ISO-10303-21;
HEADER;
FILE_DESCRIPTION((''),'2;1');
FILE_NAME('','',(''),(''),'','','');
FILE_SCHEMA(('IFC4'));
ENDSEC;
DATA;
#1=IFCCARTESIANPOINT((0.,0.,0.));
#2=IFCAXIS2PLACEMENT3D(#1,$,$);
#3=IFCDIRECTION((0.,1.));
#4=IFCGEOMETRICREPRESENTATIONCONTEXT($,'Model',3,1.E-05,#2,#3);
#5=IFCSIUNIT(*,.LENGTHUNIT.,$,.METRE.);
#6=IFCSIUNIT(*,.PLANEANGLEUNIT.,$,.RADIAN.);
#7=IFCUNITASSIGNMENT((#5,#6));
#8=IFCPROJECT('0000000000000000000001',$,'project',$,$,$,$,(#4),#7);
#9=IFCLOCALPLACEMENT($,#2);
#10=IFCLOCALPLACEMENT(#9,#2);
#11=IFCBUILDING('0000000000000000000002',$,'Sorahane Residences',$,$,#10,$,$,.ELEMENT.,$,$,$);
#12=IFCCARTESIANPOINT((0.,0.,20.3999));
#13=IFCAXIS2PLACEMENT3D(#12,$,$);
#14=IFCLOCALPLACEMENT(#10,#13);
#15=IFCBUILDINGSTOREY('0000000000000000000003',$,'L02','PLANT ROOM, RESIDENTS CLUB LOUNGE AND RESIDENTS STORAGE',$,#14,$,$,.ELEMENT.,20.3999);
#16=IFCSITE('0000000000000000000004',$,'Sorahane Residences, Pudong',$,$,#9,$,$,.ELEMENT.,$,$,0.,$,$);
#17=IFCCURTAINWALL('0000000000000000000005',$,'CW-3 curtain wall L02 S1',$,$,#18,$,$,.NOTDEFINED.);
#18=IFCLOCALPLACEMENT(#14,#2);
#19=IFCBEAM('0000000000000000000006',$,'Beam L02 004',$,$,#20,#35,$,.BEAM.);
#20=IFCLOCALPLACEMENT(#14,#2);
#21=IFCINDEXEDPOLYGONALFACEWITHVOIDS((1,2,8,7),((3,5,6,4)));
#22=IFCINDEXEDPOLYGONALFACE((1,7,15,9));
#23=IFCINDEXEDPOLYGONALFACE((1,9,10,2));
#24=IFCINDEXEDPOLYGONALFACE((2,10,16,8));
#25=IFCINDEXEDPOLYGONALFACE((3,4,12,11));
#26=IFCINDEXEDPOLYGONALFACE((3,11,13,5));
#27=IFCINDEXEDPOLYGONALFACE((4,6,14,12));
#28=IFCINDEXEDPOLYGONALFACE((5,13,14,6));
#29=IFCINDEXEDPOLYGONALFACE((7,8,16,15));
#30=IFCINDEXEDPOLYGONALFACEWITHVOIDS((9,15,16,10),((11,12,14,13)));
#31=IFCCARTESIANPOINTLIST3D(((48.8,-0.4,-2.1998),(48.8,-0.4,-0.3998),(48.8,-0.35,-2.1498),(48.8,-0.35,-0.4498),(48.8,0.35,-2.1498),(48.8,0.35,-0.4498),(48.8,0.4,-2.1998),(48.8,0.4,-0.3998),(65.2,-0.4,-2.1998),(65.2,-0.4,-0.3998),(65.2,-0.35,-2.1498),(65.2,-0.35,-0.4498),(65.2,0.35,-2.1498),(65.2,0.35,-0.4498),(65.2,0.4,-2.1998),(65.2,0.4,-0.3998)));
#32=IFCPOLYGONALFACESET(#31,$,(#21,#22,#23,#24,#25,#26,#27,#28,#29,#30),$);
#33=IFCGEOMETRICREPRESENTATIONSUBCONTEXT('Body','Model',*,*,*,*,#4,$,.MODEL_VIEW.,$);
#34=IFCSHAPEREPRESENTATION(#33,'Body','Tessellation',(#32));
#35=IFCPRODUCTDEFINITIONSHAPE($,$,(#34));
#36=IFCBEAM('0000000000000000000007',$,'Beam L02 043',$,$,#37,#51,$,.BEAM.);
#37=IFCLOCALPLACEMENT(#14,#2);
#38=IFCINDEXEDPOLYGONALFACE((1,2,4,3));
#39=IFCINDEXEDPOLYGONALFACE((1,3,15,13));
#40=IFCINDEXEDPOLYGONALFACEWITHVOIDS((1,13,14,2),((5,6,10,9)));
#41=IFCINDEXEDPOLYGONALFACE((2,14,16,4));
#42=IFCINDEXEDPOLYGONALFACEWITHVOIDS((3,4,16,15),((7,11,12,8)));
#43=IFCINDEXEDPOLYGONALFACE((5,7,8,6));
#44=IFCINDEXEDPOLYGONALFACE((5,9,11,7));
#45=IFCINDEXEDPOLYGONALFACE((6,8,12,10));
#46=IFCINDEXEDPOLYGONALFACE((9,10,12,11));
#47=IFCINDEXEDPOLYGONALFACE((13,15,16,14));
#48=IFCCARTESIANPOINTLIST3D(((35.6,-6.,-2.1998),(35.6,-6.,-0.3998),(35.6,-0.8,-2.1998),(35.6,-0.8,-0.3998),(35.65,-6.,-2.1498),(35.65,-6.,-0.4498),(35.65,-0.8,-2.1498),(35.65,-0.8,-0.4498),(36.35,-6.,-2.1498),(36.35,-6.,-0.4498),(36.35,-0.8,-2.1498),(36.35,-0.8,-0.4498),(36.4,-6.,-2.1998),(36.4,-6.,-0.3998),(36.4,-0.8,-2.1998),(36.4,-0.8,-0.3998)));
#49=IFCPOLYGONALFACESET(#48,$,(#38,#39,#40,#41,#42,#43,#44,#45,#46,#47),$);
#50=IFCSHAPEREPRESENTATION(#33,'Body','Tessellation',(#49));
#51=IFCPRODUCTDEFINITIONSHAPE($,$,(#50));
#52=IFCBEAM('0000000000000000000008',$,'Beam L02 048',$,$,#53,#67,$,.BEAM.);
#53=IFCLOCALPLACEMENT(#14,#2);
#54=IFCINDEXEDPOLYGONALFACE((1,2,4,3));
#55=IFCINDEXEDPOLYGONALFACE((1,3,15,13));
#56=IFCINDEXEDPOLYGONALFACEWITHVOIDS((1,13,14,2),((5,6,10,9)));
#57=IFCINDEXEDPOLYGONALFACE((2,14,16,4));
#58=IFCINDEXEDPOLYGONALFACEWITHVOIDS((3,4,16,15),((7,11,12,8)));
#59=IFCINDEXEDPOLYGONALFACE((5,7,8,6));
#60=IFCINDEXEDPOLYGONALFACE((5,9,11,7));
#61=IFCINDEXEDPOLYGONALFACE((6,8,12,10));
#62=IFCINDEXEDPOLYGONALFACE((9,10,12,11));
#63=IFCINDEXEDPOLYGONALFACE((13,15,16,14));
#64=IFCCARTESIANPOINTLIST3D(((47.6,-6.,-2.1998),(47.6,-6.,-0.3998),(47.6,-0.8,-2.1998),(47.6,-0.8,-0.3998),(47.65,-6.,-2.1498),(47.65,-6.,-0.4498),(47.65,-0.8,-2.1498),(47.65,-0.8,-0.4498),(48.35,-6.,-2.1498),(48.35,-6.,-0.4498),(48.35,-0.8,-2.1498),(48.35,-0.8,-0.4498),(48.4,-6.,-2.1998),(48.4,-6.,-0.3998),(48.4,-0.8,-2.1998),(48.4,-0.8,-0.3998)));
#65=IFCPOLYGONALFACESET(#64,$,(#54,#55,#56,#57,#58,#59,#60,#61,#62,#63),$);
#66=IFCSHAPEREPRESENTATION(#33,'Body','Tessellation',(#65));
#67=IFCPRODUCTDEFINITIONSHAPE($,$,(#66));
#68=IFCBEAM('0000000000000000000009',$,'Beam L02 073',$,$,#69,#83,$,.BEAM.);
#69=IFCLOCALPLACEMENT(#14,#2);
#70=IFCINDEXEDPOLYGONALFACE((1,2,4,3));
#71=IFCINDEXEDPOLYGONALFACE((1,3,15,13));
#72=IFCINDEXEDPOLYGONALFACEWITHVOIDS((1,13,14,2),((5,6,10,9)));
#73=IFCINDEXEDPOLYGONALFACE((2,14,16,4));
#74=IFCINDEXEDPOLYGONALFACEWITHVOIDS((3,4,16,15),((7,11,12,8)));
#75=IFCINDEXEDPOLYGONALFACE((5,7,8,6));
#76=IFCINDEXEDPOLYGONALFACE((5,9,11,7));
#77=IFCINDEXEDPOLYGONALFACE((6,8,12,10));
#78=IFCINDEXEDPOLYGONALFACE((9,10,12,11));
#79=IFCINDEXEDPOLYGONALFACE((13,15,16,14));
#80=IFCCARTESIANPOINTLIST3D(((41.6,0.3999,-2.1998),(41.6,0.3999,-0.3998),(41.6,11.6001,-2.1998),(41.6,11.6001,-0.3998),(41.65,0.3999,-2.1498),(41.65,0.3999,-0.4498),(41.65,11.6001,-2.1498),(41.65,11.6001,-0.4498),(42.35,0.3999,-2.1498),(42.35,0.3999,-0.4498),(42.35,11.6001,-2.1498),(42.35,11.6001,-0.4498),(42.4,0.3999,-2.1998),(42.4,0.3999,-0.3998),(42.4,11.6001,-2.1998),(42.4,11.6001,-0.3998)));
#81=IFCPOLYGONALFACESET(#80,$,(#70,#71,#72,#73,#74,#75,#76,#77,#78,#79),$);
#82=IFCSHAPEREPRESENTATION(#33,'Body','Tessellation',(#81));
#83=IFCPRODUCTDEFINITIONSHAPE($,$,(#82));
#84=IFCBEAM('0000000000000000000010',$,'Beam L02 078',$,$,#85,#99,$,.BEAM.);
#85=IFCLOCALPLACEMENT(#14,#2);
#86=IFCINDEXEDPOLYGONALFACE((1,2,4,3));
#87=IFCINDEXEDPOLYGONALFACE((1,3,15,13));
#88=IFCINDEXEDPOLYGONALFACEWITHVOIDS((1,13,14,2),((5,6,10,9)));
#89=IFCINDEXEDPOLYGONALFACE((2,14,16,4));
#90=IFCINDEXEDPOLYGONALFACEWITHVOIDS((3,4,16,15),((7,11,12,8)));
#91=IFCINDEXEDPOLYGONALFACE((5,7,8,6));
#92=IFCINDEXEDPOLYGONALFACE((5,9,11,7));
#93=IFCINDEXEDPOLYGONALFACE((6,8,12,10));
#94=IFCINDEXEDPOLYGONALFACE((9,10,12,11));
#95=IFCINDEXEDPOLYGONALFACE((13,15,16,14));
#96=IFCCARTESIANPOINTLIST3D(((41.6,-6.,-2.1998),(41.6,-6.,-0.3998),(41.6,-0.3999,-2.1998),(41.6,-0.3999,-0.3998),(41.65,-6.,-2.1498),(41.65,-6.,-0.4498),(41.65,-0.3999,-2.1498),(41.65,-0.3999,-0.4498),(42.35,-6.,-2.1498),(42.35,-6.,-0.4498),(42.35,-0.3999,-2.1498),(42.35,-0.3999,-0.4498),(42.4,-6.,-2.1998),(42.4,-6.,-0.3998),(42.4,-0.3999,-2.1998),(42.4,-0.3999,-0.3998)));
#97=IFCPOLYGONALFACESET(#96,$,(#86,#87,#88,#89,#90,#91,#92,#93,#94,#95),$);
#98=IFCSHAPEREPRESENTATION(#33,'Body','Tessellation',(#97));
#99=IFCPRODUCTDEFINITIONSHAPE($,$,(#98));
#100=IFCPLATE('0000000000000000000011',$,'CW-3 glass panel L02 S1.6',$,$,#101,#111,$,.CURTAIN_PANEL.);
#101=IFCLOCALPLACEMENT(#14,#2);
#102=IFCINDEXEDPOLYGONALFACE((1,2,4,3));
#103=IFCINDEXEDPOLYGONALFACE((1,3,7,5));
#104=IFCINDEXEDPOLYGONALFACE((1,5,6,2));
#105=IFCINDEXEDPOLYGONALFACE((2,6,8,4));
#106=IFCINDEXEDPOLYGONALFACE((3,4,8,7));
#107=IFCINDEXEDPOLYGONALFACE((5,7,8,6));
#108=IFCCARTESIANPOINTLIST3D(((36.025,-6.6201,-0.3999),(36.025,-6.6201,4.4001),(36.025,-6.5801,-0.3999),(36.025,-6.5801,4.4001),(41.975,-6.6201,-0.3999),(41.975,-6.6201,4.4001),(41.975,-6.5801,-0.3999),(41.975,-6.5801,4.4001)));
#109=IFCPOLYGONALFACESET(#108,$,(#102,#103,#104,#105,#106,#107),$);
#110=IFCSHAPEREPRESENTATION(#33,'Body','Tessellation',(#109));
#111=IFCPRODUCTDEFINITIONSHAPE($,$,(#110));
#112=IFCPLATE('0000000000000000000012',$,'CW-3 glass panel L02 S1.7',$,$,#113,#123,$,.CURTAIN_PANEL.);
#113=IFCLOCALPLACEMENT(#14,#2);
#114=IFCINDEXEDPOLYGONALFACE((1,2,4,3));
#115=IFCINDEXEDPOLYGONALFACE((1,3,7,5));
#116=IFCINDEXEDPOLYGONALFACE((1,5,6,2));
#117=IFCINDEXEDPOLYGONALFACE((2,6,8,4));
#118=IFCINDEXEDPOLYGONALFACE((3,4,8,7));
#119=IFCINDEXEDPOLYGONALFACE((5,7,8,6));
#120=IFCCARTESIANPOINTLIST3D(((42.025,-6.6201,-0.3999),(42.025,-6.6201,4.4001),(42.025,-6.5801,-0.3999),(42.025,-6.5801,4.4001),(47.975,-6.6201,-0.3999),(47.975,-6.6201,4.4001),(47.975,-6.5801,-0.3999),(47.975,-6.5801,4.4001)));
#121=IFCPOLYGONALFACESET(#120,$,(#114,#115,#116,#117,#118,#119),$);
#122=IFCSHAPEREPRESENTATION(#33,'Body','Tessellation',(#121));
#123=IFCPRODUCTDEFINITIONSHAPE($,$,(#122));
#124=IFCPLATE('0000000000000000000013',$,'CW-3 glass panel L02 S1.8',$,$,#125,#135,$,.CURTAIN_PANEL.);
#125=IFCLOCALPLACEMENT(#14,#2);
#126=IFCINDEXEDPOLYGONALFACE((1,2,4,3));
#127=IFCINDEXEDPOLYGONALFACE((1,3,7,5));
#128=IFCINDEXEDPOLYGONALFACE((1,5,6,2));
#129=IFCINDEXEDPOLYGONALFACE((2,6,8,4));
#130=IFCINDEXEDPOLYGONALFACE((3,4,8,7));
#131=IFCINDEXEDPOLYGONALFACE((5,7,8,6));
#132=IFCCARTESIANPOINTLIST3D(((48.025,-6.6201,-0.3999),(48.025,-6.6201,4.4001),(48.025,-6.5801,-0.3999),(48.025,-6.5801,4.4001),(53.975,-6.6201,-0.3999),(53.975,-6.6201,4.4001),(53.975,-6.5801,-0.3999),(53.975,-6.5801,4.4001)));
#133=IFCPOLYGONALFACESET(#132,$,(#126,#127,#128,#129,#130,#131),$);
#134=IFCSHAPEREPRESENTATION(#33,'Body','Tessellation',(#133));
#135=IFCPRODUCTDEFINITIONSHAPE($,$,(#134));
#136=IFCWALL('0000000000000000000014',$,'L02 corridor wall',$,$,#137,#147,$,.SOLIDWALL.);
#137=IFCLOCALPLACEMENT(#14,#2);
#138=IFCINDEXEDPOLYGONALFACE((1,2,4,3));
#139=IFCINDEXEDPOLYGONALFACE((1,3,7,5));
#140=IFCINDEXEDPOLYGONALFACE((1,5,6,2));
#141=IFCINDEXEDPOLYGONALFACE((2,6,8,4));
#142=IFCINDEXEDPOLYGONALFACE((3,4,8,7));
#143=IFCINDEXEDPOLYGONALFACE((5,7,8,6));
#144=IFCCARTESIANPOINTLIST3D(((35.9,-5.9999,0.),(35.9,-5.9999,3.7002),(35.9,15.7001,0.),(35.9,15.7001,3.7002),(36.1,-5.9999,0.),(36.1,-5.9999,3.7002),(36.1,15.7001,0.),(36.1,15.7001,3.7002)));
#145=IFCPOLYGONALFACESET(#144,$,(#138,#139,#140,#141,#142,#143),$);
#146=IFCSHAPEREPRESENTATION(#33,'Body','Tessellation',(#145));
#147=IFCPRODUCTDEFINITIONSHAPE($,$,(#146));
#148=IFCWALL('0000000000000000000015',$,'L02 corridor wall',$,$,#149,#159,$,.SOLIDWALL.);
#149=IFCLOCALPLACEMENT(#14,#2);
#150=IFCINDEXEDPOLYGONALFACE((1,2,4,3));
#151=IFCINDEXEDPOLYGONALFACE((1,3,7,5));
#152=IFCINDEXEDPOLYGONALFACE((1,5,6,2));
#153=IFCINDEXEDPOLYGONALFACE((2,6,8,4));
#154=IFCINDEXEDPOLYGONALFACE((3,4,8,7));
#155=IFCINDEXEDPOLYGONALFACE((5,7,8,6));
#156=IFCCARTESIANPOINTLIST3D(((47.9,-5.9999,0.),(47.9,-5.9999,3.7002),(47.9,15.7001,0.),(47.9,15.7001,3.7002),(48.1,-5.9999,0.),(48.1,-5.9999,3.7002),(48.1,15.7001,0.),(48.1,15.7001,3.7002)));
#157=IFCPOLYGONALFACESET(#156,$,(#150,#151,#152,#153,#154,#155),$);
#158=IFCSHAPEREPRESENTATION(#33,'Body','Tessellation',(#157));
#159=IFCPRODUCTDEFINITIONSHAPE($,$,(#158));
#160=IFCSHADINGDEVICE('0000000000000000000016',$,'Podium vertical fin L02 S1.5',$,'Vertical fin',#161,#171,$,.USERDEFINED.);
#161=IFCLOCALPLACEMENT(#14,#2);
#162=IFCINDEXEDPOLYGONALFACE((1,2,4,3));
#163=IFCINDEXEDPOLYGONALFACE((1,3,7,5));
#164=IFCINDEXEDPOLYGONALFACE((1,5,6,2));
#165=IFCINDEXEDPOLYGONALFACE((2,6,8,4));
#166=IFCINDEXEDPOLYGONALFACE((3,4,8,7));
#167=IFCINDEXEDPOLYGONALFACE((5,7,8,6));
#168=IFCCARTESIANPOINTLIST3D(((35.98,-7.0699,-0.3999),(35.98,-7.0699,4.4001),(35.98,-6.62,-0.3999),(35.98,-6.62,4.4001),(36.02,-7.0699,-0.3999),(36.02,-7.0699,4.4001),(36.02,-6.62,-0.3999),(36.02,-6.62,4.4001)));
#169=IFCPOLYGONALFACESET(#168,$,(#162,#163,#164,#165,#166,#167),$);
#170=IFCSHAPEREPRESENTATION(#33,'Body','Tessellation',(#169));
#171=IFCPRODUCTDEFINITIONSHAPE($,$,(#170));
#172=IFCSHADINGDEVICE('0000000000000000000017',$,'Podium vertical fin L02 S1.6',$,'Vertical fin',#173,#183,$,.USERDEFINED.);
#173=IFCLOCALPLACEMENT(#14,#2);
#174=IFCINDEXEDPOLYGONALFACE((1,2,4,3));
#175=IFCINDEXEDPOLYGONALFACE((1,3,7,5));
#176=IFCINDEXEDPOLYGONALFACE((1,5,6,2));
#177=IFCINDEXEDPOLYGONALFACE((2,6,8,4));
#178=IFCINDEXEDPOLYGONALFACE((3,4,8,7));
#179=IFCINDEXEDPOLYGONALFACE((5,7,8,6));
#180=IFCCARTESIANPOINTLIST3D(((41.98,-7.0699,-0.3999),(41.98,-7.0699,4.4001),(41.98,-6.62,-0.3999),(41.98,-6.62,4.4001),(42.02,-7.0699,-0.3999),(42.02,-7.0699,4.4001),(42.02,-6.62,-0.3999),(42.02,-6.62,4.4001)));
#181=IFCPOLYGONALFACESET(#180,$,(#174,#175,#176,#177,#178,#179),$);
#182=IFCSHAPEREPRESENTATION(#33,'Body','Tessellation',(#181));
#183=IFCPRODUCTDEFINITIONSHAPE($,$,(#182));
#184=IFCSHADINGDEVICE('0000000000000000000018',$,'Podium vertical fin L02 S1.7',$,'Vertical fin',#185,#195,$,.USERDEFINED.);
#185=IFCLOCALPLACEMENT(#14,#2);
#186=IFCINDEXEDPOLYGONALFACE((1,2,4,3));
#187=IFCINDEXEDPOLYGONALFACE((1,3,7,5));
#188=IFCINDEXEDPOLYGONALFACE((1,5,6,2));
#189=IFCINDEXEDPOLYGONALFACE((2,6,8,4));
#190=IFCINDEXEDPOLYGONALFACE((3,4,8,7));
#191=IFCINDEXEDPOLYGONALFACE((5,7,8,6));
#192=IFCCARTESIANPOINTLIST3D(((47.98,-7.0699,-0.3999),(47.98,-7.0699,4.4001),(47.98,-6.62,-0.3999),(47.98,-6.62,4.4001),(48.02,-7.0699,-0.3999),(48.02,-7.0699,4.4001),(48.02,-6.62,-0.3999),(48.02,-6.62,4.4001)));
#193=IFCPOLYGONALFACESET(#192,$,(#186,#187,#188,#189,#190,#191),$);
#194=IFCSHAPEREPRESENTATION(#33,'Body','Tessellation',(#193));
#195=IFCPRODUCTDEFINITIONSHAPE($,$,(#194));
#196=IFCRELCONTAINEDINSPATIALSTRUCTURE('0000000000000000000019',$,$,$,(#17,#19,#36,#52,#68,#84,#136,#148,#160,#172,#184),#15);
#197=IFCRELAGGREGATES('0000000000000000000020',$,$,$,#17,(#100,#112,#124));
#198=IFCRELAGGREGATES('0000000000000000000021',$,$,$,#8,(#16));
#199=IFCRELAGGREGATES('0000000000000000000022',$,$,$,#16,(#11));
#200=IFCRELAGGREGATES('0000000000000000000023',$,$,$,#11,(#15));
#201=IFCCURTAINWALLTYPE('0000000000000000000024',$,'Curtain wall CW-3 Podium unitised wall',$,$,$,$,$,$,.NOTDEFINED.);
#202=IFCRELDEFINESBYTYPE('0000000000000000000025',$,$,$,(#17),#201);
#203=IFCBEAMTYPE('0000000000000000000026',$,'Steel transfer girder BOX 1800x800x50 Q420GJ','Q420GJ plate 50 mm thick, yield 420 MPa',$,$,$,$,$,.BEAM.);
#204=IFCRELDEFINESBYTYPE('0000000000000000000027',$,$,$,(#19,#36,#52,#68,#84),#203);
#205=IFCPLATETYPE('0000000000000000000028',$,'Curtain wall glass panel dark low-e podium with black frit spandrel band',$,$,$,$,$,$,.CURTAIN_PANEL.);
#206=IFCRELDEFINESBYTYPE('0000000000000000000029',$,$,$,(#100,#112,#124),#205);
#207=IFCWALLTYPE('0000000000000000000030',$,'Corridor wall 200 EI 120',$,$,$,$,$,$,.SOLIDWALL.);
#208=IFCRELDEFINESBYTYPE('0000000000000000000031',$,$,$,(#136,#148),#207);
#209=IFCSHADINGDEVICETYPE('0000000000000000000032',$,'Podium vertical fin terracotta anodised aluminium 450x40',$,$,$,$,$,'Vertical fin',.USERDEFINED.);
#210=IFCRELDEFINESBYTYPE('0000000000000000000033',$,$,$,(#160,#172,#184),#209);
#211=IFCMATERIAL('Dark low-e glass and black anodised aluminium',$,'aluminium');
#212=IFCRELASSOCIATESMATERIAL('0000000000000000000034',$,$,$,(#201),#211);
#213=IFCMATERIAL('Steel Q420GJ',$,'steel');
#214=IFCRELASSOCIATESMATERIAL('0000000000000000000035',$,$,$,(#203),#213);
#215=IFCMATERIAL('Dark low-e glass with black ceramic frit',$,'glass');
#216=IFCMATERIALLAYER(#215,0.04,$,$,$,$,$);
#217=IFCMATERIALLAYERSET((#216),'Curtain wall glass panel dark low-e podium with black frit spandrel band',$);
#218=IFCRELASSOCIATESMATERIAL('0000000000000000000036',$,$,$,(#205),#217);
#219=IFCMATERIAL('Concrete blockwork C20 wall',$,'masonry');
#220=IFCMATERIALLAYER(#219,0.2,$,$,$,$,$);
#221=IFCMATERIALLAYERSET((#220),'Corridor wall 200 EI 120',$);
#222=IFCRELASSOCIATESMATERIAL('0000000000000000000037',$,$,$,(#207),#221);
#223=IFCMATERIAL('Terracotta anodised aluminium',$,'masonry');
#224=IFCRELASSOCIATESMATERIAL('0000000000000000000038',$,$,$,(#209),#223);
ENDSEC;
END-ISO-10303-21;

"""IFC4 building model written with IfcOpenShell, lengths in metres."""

from ifc_helpers import new_model, si_unit, direction, frame, frame_2d, origin, origin_2d, place, context, subcontext, project, spatial, rectangle, hollow_rectangle, extrude, material, layer, layer_set, material_profile, profile_set, type_object, element, aggregate, save


model = new_model("IFC4")

# Units and contexts
model_context = context("Model", 3, precision=1e-05, world=origin(), true_north=direction((0.0, 1.0)))
body_context = subcontext(model_context, "Body", "Model", "MODEL_VIEW")
ifc_project = project(units=[si_unit("LENGTHUNIT", "METRE"), si_unit("PLANEANGLEUNIT", "RADIAN")], contexts=[model_context])

# Site, building, storey
site_placement = place(None, origin())
site = spatial("IfcSite", under=ifc_project, at=site_placement, Name="Sorahane Residences, Pudong", CompositionType="ELEMENT", RefElevation=0.0)
building_placement = place(site_placement, origin())
building = spatial("IfcBuilding", under=site, at=building_placement, Name="Sorahane Residences", CompositionType="ELEMENT")
storey_placement = place(building_placement, frame((0.0, 0.0, 20.3999)))
storey = spatial("IfcBuildingStorey", under=building, at=storey_placement, Name="L02", Description="PLANT ROOM, RESIDENTS CLUB LOUNGE AND RESIDENTS STORAGE", CompositionType="ELEMENT", Elevation=20.3999)

# Curtain wall
ifc_material_1 = material(Name="Dark low-e glass and black anodised aluminium", Category="aluminium")
curtain_wall_type = type_object("IfcCurtainWallType", Name="Curtain wall CW-3 Podium unitised wall", PredefinedType="NOTDEFINED", material=ifc_material_1)
curtain_wall_placement = place(storey_placement, origin())
curtain_wall = element("IfcCurtainWall", 1, at=curtain_wall_placement, inside=storey, type_object=curtain_wall_type, Name="CW-3 curtain wall L02 S1", PredefinedType="NOTDEFINED")

# Beams
ifc_material_2 = material(Name="Steel Q420GJ", Category="steel")
ifc_material_profile_1 = material_profile(ifc_material_2, hollow_rectangle(XDim=0.8, YDim=1.8, WallThickness=0.05, at=origin_2d()), Name="BOX 1800x800x50")
ifc_profile_set_1 = profile_set([ifc_material_profile_1], Name="Steel Q420GJ")
beam_type_1 = type_object("IfcBeamType", Name="Steel transfer girder BOX 1800x800x50 Q420GJ", Description="Q420GJ plate 50 mm thick, yield 420 MPa", PredefinedType="BEAM", material=ifc_profile_set_1)
beam_1_placement = place(storey_placement, frame((48.8, 0.0, -1.2998), z_axis=(1.0, 0.0, 0.0), x_axis=(0.0, 1.0, 0.0)))
element("IfcBeam", 2, at=beam_1_placement, inside=storey, type_object=beam_type_1, Name="Beam L02 004", PredefinedType="BEAM", context=body_context, shape_type="SweptSolid", body=[
    extrude(hollow_rectangle(XDim=0.8, YDim=1.8, WallThickness=0.05, at=origin_2d()), origin(), (0.0, 0.0, 1.0), 16.3999),
])
for number, where, z_axis, x_axis, name in (
    (3, (36.0, -6.0, -1.2998), (0.0, 1.0, 0.0), (-1.0, 0.0, 0.0), "Beam L02 043"),
    (4, (48.0, -6.0, -1.2998), (0.0, 1.0, 0.0), (-1.0, 0.0, 0.0), "Beam L02 048"),
):
    element("IfcBeam", number, at=place(storey_placement, frame(where, z_axis=z_axis, x_axis=x_axis)), inside=storey, type_object=beam_type_1, Name=name, PredefinedType="BEAM", context=body_context, shape_type="SweptSolid", body=[
        extrude(hollow_rectangle(XDim=0.8, YDim=1.8, WallThickness=0.05, at=origin_2d()), origin(), (0.0, 0.0, 1.0), 5.2),
    ])
beam_2_placement = place(storey_placement, frame((42.0, 0.3999, -1.2998), z_axis=(0.0, 1.0, 0.0), x_axis=(-1.0, 0.0, 0.0)))
element("IfcBeam", 5, at=beam_2_placement, inside=storey, type_object=beam_type_1, Name="Beam L02 073", PredefinedType="BEAM", context=body_context, shape_type="SweptSolid", body=[
    extrude(hollow_rectangle(XDim=0.8, YDim=1.8, WallThickness=0.05, at=origin_2d()), origin(), (0.0, 0.0, 1.0), 11.2002),
])
beam_3_placement = place(storey_placement, frame((42.0, -6.0, -1.2998), z_axis=(0.0, 1.0, 0.0), x_axis=(-1.0, 0.0, 0.0)))
element("IfcBeam", 6, at=beam_3_placement, inside=storey, type_object=beam_type_1, Name="Beam L02 078", PredefinedType="BEAM", context=body_context, shape_type="SweptSolid", body=[
    extrude(hollow_rectangle(XDim=0.8, YDim=1.8, WallThickness=0.05, at=origin_2d()), origin(), (0.0, 0.0, 1.0), 5.6001),
])

# Plates
ifc_material_3 = material(Name="Dark low-e glass with black ceramic frit", Category="glass")
ifc_layer_1 = layer(ifc_material_3, 0.04)
ifc_layer_set_1 = layer_set([ifc_layer_1], Name="Curtain wall glass panel dark low-e podium with black frit spandrel band")
plate_type = type_object("IfcPlateType", Name="Curtain wall glass panel dark low-e podium with black frit spandrel band", PredefinedType="CURTAIN_PANEL", material=ifc_layer_set_1)
plate_1_placement = place(storey_placement, frame((39.0, -6.6001, -0.3999), z_axis=(0.0, 0.0, 1.0), x_axis=(1.0, 0.0, 0.0)))
plate_1 = element("IfcPlate", 7, at=plate_1_placement, type_object=plate_type, Name="CW-3 glass panel L02 S1.6", PredefinedType="CURTAIN_PANEL", context=body_context, shape_type="SweptSolid", body=[
    extrude(rectangle(XDim=5.95, YDim=0.04, at=origin_2d()), origin(), (0.0, 0.0, 1.0), 4.8),
])
plate_2_placement = place(storey_placement, frame((45.0, -6.6001, -0.3999), z_axis=(0.0, 0.0, 1.0), x_axis=(1.0, 0.0, 0.0)))
plate_2 = element("IfcPlate", 8, at=plate_2_placement, type_object=plate_type, Name="CW-3 glass panel L02 S1.7", PredefinedType="CURTAIN_PANEL", context=body_context, shape_type="SweptSolid", body=[
    extrude(rectangle(XDim=5.95, YDim=0.04, at=origin_2d()), origin(), (0.0, 0.0, 1.0), 4.8),
])
plate_3_placement = place(storey_placement, frame((51.0, -6.6001, -0.3999), z_axis=(0.0, 0.0, 1.0), x_axis=(1.0, 0.0, 0.0)))
plate_3 = element("IfcPlate", 9, at=plate_3_placement, type_object=plate_type, Name="CW-3 glass panel L02 S1.8", PredefinedType="CURTAIN_PANEL", context=body_context, shape_type="SweptSolid", body=[
    extrude(rectangle(XDim=5.95, YDim=0.04, at=origin_2d()), origin(), (0.0, 0.0, 1.0), 4.8),
])
aggregate(curtain_wall, [plate_1, plate_2, plate_3])

# Walls
ifc_material_4 = material(Name="Concrete blockwork C20 wall", Category="masonry")
ifc_layer_2 = layer(ifc_material_4, 0.2)
ifc_layer_set_2 = layer_set([ifc_layer_2], Name="Corridor wall 200 EI 120")
wall_type = type_object("IfcWallType", Name="Corridor wall 200 EI 120", PredefinedType="SOLIDWALL", material=ifc_layer_set_2)
for number, where, z_axis, x_axis, name in (
    (10, (36.0, -6.0, 0.0), (0.0, 0.0, 1.0), (0.0, 1.0, 0.0), "L02 corridor wall"),
    (11, (48.0, -6.0, 0.0), (0.0, 0.0, 1.0), (0.0, 1.0, 0.0), "L02 corridor wall"),
):
    element("IfcWall", number, at=place(storey_placement, frame(where, z_axis=z_axis, x_axis=x_axis)), inside=storey, type_object=wall_type, Name=name, PredefinedType="SOLIDWALL", context=body_context, shape_type="SweptSolid", body=[
        extrude(rectangle(XDim=21.7, YDim=0.2, at=frame_2d((10.8501, 0.0))), origin(), (0.0, 0.0, 1.0), 3.7002),
    ])

# Shading devices
ifc_material_5 = material(Name="Terracotta anodised aluminium", Category="masonry")
ifc_material_profile_2 = material_profile(ifc_material_5, rectangle(XDim=0.45, YDim=0.04, at=origin_2d()), Name="Podium vertical fin terracotta anodised aluminium 450x40")
ifc_profile_set_2 = profile_set([ifc_material_profile_2], Name="Terracotta anodised aluminium")
shading_device_type = type_object("IfcShadingDeviceType", Name="Podium vertical fin terracotta anodised aluminium 450x40", ElementType="Vertical fin", PredefinedType="USERDEFINED", material=ifc_profile_set_2)
for number, where, z_axis, x_axis, name in (
    (12, (36.0, -6.845, -0.3999), (0.0, 0.0, 1.0), (0.0, -1.0, 0.0), "Podium vertical fin L02 S1.5"),
    (13, (42.0, -6.845, -0.3999), (0.0, 0.0, 1.0), (0.0, -1.0, 0.0), "Podium vertical fin L02 S1.6"),
    (14, (48.0, -6.845, -0.3999), (0.0, 0.0, 1.0), (0.0, -1.0, 0.0), "Podium vertical fin L02 S1.7"),
):
    element("IfcShadingDevice", number, at=place(storey_placement, frame(where, z_axis=z_axis, x_axis=x_axis)), inside=storey, type_object=shading_device_type, Name=name, ObjectType="Vertical fin", PredefinedType="USERDEFINED", context=body_context, shape_type="SweptSolid", body=[
        extrude(rectangle(XDim=0.45, YDim=0.04, at=origin_2d()), origin(), (0.0, 0.0, 1.0), 4.8),
    ])

save(model, "model.ifc")
